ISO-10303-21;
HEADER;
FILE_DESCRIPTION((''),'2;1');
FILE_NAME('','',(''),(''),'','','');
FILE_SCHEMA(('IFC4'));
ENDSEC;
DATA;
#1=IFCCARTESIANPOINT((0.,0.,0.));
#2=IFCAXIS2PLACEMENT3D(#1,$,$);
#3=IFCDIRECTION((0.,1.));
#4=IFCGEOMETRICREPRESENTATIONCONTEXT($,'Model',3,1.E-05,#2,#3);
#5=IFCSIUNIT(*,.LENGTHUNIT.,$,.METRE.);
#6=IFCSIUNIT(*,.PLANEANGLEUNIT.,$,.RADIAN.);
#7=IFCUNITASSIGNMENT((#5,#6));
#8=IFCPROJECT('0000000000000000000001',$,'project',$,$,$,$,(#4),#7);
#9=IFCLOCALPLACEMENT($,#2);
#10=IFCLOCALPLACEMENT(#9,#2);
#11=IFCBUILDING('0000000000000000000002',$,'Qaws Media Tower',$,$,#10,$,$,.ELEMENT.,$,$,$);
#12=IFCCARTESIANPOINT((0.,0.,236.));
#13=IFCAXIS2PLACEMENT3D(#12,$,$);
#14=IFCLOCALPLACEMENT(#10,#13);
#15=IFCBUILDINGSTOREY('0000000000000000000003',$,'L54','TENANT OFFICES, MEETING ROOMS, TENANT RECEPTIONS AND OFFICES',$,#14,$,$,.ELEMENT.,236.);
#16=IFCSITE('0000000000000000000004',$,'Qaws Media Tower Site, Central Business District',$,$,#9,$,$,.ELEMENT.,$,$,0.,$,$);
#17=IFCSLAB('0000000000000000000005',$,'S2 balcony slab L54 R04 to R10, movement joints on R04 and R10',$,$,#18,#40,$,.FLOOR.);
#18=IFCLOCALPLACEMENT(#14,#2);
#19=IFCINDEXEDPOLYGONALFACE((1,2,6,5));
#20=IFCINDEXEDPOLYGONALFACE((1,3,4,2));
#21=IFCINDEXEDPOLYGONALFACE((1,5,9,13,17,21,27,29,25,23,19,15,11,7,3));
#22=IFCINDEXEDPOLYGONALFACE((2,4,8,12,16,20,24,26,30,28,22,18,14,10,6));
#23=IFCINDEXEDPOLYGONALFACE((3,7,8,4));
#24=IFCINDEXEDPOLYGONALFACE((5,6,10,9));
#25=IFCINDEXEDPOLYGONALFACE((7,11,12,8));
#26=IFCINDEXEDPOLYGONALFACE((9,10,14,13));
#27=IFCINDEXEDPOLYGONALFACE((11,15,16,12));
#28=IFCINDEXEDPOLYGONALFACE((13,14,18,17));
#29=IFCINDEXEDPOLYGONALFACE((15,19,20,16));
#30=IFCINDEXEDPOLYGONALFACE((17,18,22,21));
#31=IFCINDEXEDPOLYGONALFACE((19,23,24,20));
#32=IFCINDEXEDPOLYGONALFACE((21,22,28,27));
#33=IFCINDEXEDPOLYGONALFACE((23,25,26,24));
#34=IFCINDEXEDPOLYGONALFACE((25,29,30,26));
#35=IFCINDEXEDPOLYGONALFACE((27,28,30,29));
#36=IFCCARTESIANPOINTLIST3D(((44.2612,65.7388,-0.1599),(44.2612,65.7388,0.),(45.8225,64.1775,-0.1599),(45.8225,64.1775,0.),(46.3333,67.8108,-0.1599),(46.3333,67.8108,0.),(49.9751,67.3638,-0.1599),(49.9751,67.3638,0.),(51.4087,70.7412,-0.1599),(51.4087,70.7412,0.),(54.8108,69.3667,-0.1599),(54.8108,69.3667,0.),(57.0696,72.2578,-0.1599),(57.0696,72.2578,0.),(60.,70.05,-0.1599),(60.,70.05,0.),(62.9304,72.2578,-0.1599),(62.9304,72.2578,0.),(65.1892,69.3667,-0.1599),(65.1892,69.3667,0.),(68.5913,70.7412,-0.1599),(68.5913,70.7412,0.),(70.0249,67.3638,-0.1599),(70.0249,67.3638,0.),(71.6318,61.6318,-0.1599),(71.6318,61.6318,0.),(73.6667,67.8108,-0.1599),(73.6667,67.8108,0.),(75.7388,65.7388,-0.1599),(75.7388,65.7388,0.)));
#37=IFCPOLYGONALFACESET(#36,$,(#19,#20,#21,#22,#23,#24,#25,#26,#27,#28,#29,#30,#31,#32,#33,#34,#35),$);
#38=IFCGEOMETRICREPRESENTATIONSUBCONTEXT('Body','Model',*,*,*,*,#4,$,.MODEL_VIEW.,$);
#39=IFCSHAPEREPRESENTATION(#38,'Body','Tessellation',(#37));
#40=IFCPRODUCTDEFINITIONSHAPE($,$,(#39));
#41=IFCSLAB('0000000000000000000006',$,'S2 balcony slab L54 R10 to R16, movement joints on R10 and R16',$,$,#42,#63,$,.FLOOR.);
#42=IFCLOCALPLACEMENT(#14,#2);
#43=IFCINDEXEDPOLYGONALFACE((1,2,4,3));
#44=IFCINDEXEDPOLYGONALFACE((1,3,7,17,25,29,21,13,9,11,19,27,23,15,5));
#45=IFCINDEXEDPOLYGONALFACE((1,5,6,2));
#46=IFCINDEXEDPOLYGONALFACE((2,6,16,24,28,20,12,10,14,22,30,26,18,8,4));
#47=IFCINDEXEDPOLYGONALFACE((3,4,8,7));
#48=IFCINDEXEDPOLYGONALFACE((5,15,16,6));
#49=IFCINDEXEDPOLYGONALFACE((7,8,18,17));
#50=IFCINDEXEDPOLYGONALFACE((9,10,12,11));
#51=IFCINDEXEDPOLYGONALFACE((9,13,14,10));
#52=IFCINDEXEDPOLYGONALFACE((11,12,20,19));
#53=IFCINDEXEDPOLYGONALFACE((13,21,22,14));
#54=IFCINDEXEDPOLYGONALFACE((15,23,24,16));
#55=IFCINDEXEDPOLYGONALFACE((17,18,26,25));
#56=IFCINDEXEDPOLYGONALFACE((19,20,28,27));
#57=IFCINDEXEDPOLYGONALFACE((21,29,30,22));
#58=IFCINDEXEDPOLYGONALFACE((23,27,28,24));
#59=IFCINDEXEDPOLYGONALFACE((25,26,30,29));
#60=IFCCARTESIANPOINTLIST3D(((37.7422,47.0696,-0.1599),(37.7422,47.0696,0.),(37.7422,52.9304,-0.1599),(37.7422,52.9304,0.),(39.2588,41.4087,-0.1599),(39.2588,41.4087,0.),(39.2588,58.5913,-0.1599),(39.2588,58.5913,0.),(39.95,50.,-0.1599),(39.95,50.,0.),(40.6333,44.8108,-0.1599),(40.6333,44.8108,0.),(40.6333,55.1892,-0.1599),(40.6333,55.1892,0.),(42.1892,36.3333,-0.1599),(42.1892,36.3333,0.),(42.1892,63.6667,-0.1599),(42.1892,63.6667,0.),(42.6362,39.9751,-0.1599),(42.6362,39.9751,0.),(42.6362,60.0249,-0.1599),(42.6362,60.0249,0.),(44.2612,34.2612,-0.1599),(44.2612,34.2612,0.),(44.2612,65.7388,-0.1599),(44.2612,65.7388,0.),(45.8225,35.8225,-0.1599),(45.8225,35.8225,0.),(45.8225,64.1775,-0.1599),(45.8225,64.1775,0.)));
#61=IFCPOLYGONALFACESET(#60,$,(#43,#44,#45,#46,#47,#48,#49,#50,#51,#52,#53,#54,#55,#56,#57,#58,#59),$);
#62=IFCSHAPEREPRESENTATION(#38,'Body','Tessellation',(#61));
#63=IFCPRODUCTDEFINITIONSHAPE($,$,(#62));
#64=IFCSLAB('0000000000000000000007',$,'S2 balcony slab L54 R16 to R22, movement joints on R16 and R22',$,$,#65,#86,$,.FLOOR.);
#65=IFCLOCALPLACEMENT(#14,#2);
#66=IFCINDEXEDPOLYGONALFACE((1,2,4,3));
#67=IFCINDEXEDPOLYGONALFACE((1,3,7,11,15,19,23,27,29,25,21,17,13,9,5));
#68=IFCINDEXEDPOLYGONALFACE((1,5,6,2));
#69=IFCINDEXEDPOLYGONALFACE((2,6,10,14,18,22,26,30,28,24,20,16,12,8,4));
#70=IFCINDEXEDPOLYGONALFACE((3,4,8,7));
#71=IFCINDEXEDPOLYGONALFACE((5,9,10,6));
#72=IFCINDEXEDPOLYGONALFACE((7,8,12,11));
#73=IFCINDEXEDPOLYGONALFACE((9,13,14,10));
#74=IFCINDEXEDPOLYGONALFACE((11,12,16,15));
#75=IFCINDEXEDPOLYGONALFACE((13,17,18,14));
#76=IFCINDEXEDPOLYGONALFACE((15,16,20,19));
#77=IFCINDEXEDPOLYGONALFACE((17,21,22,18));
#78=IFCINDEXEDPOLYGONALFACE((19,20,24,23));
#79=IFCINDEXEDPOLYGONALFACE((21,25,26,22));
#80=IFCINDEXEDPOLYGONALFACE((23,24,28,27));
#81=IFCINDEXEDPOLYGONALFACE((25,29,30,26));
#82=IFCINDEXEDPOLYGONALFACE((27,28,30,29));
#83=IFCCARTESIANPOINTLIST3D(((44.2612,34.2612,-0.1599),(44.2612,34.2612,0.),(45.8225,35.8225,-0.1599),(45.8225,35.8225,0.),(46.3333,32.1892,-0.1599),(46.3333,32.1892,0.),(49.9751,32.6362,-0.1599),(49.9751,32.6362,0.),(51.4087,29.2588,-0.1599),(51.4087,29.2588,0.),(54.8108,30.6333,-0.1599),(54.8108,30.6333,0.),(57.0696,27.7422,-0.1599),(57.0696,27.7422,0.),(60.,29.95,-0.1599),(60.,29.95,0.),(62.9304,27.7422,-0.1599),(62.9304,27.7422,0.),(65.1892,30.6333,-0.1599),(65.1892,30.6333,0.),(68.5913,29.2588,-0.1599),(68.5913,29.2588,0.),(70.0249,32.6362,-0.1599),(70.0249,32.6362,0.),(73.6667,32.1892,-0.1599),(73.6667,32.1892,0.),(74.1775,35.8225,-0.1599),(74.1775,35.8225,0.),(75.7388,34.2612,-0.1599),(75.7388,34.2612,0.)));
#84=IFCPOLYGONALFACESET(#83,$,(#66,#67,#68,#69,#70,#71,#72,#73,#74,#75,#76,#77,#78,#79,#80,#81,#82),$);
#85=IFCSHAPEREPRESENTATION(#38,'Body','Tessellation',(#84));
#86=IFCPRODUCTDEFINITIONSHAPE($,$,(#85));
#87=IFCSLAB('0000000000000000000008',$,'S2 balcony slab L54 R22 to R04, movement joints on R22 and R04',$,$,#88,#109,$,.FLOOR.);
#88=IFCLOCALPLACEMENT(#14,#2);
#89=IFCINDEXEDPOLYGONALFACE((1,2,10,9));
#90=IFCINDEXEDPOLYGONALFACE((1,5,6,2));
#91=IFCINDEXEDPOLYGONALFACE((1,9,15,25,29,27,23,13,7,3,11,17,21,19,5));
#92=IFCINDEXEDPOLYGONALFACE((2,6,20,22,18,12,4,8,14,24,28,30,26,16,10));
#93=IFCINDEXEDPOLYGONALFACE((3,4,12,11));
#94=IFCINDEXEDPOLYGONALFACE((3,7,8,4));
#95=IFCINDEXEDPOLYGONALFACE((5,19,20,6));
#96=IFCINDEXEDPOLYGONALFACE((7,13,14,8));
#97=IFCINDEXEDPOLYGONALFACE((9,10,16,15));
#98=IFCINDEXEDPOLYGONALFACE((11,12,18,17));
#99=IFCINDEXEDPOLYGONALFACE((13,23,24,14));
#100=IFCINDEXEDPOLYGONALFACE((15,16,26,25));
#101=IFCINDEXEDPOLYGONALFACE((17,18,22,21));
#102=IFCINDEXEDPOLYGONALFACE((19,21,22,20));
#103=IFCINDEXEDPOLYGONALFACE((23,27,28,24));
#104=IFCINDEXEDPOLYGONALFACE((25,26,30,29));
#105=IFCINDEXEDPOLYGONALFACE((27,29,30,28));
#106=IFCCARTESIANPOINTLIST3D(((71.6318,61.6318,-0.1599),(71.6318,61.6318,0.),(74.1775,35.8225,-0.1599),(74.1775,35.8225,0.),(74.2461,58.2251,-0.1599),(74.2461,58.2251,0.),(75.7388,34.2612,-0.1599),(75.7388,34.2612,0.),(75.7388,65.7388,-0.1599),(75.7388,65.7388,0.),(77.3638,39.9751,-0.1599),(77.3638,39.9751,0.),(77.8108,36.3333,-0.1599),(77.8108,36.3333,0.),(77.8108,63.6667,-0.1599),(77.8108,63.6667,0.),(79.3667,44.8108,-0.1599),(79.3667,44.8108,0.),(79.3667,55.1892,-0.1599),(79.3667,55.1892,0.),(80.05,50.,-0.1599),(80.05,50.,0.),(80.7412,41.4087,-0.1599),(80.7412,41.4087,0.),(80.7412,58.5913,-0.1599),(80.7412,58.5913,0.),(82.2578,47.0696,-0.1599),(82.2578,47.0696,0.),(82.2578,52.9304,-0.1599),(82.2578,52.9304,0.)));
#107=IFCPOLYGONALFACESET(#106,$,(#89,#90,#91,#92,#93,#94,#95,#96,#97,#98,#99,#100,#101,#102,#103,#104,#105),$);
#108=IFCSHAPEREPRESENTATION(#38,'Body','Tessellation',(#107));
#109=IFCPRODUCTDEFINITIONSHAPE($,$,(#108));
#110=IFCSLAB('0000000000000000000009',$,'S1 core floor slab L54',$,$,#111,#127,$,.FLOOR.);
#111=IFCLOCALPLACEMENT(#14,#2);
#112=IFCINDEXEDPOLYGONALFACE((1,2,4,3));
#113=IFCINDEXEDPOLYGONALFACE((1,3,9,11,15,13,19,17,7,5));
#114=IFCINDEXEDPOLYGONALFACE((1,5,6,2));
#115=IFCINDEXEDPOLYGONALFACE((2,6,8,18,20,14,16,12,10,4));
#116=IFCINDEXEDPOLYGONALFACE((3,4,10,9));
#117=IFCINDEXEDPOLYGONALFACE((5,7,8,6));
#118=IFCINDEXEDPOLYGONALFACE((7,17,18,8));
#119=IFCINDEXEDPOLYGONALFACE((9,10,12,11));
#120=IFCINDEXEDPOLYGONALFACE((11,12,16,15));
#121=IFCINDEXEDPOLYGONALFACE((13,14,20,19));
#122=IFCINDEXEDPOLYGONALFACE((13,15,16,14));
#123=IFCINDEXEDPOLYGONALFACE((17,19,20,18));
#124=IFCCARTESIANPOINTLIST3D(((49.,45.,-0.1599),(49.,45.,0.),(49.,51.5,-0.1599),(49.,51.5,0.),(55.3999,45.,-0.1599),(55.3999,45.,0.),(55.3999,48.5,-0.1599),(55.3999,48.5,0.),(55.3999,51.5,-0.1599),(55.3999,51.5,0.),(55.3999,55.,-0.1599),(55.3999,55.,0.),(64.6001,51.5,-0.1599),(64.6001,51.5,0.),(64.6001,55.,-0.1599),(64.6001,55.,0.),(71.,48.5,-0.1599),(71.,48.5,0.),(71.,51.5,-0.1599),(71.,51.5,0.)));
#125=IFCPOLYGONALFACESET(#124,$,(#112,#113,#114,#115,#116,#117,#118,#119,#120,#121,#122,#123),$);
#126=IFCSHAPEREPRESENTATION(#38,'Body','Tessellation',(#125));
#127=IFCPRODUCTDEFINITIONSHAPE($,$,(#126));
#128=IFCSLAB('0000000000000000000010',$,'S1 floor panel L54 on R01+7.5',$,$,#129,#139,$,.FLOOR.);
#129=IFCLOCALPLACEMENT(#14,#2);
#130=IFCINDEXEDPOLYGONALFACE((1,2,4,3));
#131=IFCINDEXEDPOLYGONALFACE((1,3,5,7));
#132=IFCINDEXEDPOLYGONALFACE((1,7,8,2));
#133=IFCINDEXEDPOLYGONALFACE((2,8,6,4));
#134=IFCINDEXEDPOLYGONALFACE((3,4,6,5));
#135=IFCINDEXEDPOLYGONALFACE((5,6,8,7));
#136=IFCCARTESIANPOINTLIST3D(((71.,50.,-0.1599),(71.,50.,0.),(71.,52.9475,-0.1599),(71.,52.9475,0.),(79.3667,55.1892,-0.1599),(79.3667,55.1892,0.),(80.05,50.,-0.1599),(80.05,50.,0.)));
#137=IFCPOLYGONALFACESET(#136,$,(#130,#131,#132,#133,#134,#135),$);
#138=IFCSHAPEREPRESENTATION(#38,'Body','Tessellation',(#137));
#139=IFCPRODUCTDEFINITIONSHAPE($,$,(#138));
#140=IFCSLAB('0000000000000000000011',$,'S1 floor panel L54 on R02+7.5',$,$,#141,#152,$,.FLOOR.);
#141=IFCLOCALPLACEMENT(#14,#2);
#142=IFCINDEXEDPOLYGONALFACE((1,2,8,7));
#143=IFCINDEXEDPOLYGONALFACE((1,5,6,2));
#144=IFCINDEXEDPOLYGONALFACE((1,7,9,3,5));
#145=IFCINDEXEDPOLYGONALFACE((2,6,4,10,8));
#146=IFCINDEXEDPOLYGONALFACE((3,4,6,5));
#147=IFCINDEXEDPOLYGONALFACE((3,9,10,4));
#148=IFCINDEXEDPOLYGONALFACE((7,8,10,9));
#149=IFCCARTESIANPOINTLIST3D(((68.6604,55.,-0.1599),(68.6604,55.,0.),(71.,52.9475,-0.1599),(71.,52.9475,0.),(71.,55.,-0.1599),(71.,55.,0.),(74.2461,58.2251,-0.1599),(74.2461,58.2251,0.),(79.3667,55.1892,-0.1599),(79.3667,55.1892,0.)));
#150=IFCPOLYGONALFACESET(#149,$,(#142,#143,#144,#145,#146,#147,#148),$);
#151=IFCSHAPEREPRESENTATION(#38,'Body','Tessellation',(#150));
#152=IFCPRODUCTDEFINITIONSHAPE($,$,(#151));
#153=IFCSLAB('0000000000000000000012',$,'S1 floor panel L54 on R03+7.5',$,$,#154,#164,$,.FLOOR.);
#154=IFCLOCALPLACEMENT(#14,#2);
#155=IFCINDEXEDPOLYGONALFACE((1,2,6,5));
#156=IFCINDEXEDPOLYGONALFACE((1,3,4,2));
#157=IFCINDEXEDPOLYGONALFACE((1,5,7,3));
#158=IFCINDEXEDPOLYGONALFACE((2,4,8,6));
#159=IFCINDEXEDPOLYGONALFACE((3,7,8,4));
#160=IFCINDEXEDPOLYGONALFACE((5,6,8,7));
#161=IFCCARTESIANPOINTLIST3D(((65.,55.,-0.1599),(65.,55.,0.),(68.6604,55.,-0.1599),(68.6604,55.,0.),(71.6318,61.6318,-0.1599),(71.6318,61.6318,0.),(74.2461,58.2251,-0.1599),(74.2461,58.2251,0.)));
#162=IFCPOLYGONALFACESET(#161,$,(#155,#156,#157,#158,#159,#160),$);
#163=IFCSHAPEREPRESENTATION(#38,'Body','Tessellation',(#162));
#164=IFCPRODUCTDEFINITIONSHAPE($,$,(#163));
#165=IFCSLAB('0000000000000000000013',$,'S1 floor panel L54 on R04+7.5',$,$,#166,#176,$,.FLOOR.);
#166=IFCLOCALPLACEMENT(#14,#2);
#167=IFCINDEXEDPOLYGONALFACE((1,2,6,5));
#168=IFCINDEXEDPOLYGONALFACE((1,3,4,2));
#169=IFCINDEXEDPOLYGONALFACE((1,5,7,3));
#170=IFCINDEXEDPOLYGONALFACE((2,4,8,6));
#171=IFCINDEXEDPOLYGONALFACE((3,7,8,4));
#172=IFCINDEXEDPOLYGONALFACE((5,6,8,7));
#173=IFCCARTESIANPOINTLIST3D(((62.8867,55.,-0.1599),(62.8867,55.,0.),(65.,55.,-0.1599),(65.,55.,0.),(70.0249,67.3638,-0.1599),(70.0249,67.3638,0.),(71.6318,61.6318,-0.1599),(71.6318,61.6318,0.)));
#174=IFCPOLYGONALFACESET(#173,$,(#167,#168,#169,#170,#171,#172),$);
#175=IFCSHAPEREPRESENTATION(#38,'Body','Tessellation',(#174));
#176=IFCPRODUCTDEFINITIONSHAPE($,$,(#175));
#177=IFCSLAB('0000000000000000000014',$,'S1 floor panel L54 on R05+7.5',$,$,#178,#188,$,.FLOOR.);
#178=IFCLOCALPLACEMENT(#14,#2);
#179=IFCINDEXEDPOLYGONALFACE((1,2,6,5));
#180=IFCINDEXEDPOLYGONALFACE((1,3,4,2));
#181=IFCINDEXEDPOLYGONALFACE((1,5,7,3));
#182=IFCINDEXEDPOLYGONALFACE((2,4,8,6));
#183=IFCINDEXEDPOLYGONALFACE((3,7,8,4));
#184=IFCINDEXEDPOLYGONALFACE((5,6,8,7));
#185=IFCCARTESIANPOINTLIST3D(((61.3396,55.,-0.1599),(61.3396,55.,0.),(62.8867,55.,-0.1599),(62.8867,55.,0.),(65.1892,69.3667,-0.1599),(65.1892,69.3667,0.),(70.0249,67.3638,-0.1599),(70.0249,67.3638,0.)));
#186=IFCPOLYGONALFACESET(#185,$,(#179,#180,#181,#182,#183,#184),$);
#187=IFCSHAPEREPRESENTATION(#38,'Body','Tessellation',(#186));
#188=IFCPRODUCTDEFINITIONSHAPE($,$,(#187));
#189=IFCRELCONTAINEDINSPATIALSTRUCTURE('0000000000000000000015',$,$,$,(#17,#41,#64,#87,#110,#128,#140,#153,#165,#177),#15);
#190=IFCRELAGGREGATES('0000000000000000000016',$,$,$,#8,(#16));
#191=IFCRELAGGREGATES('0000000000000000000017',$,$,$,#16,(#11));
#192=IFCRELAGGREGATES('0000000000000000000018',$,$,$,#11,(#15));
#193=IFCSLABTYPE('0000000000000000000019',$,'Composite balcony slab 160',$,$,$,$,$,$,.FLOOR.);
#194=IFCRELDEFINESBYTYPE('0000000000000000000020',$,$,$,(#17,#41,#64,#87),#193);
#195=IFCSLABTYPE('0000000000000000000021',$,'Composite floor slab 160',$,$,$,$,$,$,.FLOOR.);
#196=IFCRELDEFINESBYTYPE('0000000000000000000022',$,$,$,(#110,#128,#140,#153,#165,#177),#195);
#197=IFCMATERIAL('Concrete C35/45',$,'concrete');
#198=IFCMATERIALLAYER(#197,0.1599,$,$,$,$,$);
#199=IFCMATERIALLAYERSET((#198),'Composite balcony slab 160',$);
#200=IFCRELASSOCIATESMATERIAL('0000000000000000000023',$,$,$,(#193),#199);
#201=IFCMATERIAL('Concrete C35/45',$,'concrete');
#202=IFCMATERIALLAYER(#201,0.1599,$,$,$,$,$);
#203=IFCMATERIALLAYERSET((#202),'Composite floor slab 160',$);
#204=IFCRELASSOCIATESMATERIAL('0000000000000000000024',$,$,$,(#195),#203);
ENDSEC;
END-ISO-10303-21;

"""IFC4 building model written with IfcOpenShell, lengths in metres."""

from ifc_helpers import new_model, si_unit, direction, frame, origin, place, context, subcontext, project, spatial, polyline, outline, extrude, material, layer, layer_set, type_object, element, save


model = new_model("IFC4")

# Units and contexts
model_context = context("Model", 3, precision=1e-05, world=origin(), true_north=direction((0.0, 1.0)))
body_context = subcontext(model_context, "Body", "Model", "MODEL_VIEW")
ifc_project = project(units=[si_unit("LENGTHUNIT", "METRE"), si_unit("PLANEANGLEUNIT", "RADIAN")], contexts=[model_context])

# Site, building, storey
site_placement = place(None, origin())
site = spatial("IfcSite", under=ifc_project, at=site_placement, Name="Qaws Media Tower Site, Central Business District", CompositionType="ELEMENT", RefElevation=0.0)
building_placement = place(site_placement, origin())
building = spatial("IfcBuilding", under=site, at=building_placement, Name="Qaws Media Tower", CompositionType="ELEMENT")
storey_placement = place(building_placement, frame((0.0, 0.0, 236.0)))
storey = spatial("IfcBuildingStorey", under=building, at=storey_placement, Name="L54", Description="TENANT OFFICES, MEETING ROOMS, TENANT RECEPTIONS AND OFFICES", CompositionType="ELEMENT", Elevation=236.0)

# Slabs
ifc_material_1 = material(Name="Concrete C35/45", Category="concrete")
ifc_layer_1 = layer(ifc_material_1, 0.1599)
ifc_layer_set_1 = layer_set([ifc_layer_1], Name="Composite balcony slab 160")
slab_type_1 = type_object("IfcSlabType", Name="Composite balcony slab 160", PredefinedType="FLOOR", material=ifc_layer_set_1)
slab_1_placement = place(storey_placement, frame((0.0, 0.0, -0.1599)))
element("IfcSlab", 1, at=slab_1_placement, inside=storey, type_object=slab_type_1, Name="S2 balcony slab L54 R04 to R10, movement joints on R04 and R10", PredefinedType="FLOOR", context=body_context, shape_type="SweptSolid", body=[
    extrude(outline(polyline([(46.3333, 67.8108), (51.4087, 70.7412), (57.0696, 72.2578), (62.9304, 72.2578), (68.5913, 70.7412), (73.6667, 67.8108), (75.7388, 65.7388), (71.6318, 61.6318), (70.0249, 67.3638), (65.1892, 69.3667), (60.0, 70.05), (54.8108, 69.3667), (49.9751, 67.3638), (45.8225, 64.1775), (44.2612, 65.7388), (46.3333, 67.8108)])), origin(), (0.0, 0.0, 1.0), 0.1599),
])
slab_2_placement = place(storey_placement, frame((0.0, 0.0, -0.1599)))
element("IfcSlab", 2, at=slab_2_placement, inside=storey, type_object=slab_type_1, Name="S2 balcony slab L54 R10 to R16, movement joints on R10 and R16", PredefinedType="FLOOR", context=body_context, shape_type="SweptSolid", body=[
    extrude(outline(polyline([(42.1892, 36.3333), (39.2588, 41.4087), (37.7422, 47.0696), (37.7422, 52.9304), (39.2588, 58.5913), (42.1892, 63.6667), (44.2612, 65.7388), (45.8225, 64.1775), (42.6362, 60.0249), (40.6333, 55.1892), (39.95, 50.0), (40.6333, 44.8108), (42.6362, 39.9751), (45.8225, 35.8225), (44.2612, 34.2612), (42.1892, 36.3333)])), origin(), (0.0, 0.0, 1.0), 0.1599),
])
slab_3_placement = place(storey_placement, frame((0.0, 0.0, -0.1599)))
element("IfcSlab", 3, at=slab_3_placement, inside=storey, type_object=slab_type_1, Name="S2 balcony slab L54 R16 to R22, movement joints on R16 and R22", PredefinedType="FLOOR", context=body_context, shape_type="SweptSolid", body=[
    extrude(outline(polyline([(73.6667, 32.1892), (68.5913, 29.2588), (62.9304, 27.7422), (57.0696, 27.7422), (51.4087, 29.2588), (46.3333, 32.1892), (44.2612, 34.2612), (45.8225, 35.8225), (49.9751, 32.6362), (54.8108, 30.6333), (60.0, 29.95), (65.1892, 30.6333), (70.0249, 32.6362), (74.1775, 35.8225), (75.7388, 34.2612), (73.6667, 32.1892)])), origin(), (0.0, 0.0, 1.0), 0.1599),
])
slab_4_placement = place(storey_placement, frame((0.0, 0.0, -0.1599)))
element("IfcSlab", 4, at=slab_4_placement, inside=storey, type_object=slab_type_1, Name="S2 balcony slab L54 R22 to R04, movement joints on R22 and R04", PredefinedType="FLOOR", context=body_context, shape_type="SweptSolid", body=[
    extrude(outline(polyline([(80.7412, 41.4087), (77.8108, 36.3333), (75.7388, 34.2612), (74.1775, 35.8225), (77.3638, 39.9751), (79.3667, 44.8108), (80.05, 50.0), (79.3667, 55.1892), (74.2461, 58.2251), (71.6318, 61.6318), (75.7388, 65.7388), (77.8108, 63.6667), (80.7412, 58.5913), (82.2578, 52.9304), (82.2578, 47.0696), (80.7412, 41.4087)])), origin(), (0.0, 0.0, 1.0), 0.1599),
])
ifc_material_2 = material(Name="Concrete C35/45", Category="concrete")
ifc_layer_2 = layer(ifc_material_2, 0.1599)
ifc_layer_set_2 = layer_set([ifc_layer_2], Name="Composite floor slab 160")
slab_type_2 = type_object("IfcSlabType", Name="Composite floor slab 160", PredefinedType="FLOOR", material=ifc_layer_set_2)
slab_5_placement = place(storey_placement, frame((0.0, 0.0, -0.1599)))
element("IfcSlab", 5, at=slab_5_placement, inside=storey, type_object=slab_type_2, Name="S1 core floor slab L54", PredefinedType="FLOOR", context=body_context, shape_type="SweptSolid", body=[
    extrude(outline(polyline([(71.0, 51.5), (71.0, 48.5), (55.3999, 48.5), (55.3999, 45.0), (49.0, 45.0), (49.0, 51.5), (55.3999, 51.5), (55.3999, 55.0), (64.6001, 55.0), (64.6001, 51.5), (71.0, 51.5)])), origin(), (0.0, 0.0, 1.0), 0.1599),
])
slab_6_placement = place(storey_placement, frame((0.0, 0.0, -0.1599)))
element("IfcSlab", 6, at=slab_6_placement, inside=storey, type_object=slab_type_2, Name="S1 floor panel L54 on R01+7.5", PredefinedType="FLOOR", context=body_context, shape_type="SweptSolid", body=[
    extrude(outline(polyline([(79.3667, 55.1892), (80.05, 50.0), (71.0, 50.0), (71.0, 52.9475), (79.3667, 55.1892)])), origin(), (0.0, 0.0, 1.0), 0.1599),
])
slab_7_placement = place(storey_placement, frame((0.0, 0.0, -0.1599)))
element("IfcSlab", 7, at=slab_7_placement, inside=storey, type_object=slab_type_2, Name="S1 floor panel L54 on R02+7.5", PredefinedType="FLOOR", context=body_context, shape_type="SweptSolid", body=[
    extrude(outline(polyline([(74.2461, 58.2251), (79.3667, 55.1892), (71.0, 52.9475), (71.0, 55.0), (68.6604, 55.0), (74.2461, 58.2251)])), origin(), (0.0, 0.0, 1.0), 0.1599),
])
slab_8_placement = place(storey_placement, frame((0.0, 0.0, -0.1599)))
element("IfcSlab", 8, at=slab_8_placement, inside=storey, type_object=slab_type_2, Name="S1 floor panel L54 on R03+7.5", PredefinedType="FLOOR", context=body_context, shape_type="SweptSolid", body=[
    extrude(outline(polyline([(74.2461, 58.2251), (68.6604, 55.0), (65.0, 55.0), (71.6318, 61.6318), (74.2461, 58.2251)])), origin(), (0.0, 0.0, 1.0), 0.1599),
])
slab_9_placement = place(storey_placement, frame((0.0, 0.0, -0.1599)))
element("IfcSlab", 9, at=slab_9_placement, inside=storey, type_object=slab_type_2, Name="S1 floor panel L54 on R04+7.5", PredefinedType="FLOOR", context=body_context, shape_type="SweptSolid", body=[
    extrude(outline(polyline([(70.0249, 67.3638), (71.6318, 61.6318), (65.0, 55.0), (62.8867, 55.0), (70.0249, 67.3638)])), origin(), (0.0, 0.0, 1.0), 0.1599),
])
slab_10_placement = place(storey_placement, frame((0.0, 0.0, -0.1599)))
element("IfcSlab", 10, at=slab_10_placement, inside=storey, type_object=slab_type_2, Name="S1 floor panel L54 on R05+7.5", PredefinedType="FLOOR", context=body_context, shape_type="SweptSolid", body=[
    extrude(outline(polyline([(70.0249, 67.3638), (62.8867, 55.0), (61.3396, 55.0), (65.1892, 69.3667), (70.0249, 67.3638)])), origin(), (0.0, 0.0, 1.0), 0.1599),
])

save(model, "model.ifc")
